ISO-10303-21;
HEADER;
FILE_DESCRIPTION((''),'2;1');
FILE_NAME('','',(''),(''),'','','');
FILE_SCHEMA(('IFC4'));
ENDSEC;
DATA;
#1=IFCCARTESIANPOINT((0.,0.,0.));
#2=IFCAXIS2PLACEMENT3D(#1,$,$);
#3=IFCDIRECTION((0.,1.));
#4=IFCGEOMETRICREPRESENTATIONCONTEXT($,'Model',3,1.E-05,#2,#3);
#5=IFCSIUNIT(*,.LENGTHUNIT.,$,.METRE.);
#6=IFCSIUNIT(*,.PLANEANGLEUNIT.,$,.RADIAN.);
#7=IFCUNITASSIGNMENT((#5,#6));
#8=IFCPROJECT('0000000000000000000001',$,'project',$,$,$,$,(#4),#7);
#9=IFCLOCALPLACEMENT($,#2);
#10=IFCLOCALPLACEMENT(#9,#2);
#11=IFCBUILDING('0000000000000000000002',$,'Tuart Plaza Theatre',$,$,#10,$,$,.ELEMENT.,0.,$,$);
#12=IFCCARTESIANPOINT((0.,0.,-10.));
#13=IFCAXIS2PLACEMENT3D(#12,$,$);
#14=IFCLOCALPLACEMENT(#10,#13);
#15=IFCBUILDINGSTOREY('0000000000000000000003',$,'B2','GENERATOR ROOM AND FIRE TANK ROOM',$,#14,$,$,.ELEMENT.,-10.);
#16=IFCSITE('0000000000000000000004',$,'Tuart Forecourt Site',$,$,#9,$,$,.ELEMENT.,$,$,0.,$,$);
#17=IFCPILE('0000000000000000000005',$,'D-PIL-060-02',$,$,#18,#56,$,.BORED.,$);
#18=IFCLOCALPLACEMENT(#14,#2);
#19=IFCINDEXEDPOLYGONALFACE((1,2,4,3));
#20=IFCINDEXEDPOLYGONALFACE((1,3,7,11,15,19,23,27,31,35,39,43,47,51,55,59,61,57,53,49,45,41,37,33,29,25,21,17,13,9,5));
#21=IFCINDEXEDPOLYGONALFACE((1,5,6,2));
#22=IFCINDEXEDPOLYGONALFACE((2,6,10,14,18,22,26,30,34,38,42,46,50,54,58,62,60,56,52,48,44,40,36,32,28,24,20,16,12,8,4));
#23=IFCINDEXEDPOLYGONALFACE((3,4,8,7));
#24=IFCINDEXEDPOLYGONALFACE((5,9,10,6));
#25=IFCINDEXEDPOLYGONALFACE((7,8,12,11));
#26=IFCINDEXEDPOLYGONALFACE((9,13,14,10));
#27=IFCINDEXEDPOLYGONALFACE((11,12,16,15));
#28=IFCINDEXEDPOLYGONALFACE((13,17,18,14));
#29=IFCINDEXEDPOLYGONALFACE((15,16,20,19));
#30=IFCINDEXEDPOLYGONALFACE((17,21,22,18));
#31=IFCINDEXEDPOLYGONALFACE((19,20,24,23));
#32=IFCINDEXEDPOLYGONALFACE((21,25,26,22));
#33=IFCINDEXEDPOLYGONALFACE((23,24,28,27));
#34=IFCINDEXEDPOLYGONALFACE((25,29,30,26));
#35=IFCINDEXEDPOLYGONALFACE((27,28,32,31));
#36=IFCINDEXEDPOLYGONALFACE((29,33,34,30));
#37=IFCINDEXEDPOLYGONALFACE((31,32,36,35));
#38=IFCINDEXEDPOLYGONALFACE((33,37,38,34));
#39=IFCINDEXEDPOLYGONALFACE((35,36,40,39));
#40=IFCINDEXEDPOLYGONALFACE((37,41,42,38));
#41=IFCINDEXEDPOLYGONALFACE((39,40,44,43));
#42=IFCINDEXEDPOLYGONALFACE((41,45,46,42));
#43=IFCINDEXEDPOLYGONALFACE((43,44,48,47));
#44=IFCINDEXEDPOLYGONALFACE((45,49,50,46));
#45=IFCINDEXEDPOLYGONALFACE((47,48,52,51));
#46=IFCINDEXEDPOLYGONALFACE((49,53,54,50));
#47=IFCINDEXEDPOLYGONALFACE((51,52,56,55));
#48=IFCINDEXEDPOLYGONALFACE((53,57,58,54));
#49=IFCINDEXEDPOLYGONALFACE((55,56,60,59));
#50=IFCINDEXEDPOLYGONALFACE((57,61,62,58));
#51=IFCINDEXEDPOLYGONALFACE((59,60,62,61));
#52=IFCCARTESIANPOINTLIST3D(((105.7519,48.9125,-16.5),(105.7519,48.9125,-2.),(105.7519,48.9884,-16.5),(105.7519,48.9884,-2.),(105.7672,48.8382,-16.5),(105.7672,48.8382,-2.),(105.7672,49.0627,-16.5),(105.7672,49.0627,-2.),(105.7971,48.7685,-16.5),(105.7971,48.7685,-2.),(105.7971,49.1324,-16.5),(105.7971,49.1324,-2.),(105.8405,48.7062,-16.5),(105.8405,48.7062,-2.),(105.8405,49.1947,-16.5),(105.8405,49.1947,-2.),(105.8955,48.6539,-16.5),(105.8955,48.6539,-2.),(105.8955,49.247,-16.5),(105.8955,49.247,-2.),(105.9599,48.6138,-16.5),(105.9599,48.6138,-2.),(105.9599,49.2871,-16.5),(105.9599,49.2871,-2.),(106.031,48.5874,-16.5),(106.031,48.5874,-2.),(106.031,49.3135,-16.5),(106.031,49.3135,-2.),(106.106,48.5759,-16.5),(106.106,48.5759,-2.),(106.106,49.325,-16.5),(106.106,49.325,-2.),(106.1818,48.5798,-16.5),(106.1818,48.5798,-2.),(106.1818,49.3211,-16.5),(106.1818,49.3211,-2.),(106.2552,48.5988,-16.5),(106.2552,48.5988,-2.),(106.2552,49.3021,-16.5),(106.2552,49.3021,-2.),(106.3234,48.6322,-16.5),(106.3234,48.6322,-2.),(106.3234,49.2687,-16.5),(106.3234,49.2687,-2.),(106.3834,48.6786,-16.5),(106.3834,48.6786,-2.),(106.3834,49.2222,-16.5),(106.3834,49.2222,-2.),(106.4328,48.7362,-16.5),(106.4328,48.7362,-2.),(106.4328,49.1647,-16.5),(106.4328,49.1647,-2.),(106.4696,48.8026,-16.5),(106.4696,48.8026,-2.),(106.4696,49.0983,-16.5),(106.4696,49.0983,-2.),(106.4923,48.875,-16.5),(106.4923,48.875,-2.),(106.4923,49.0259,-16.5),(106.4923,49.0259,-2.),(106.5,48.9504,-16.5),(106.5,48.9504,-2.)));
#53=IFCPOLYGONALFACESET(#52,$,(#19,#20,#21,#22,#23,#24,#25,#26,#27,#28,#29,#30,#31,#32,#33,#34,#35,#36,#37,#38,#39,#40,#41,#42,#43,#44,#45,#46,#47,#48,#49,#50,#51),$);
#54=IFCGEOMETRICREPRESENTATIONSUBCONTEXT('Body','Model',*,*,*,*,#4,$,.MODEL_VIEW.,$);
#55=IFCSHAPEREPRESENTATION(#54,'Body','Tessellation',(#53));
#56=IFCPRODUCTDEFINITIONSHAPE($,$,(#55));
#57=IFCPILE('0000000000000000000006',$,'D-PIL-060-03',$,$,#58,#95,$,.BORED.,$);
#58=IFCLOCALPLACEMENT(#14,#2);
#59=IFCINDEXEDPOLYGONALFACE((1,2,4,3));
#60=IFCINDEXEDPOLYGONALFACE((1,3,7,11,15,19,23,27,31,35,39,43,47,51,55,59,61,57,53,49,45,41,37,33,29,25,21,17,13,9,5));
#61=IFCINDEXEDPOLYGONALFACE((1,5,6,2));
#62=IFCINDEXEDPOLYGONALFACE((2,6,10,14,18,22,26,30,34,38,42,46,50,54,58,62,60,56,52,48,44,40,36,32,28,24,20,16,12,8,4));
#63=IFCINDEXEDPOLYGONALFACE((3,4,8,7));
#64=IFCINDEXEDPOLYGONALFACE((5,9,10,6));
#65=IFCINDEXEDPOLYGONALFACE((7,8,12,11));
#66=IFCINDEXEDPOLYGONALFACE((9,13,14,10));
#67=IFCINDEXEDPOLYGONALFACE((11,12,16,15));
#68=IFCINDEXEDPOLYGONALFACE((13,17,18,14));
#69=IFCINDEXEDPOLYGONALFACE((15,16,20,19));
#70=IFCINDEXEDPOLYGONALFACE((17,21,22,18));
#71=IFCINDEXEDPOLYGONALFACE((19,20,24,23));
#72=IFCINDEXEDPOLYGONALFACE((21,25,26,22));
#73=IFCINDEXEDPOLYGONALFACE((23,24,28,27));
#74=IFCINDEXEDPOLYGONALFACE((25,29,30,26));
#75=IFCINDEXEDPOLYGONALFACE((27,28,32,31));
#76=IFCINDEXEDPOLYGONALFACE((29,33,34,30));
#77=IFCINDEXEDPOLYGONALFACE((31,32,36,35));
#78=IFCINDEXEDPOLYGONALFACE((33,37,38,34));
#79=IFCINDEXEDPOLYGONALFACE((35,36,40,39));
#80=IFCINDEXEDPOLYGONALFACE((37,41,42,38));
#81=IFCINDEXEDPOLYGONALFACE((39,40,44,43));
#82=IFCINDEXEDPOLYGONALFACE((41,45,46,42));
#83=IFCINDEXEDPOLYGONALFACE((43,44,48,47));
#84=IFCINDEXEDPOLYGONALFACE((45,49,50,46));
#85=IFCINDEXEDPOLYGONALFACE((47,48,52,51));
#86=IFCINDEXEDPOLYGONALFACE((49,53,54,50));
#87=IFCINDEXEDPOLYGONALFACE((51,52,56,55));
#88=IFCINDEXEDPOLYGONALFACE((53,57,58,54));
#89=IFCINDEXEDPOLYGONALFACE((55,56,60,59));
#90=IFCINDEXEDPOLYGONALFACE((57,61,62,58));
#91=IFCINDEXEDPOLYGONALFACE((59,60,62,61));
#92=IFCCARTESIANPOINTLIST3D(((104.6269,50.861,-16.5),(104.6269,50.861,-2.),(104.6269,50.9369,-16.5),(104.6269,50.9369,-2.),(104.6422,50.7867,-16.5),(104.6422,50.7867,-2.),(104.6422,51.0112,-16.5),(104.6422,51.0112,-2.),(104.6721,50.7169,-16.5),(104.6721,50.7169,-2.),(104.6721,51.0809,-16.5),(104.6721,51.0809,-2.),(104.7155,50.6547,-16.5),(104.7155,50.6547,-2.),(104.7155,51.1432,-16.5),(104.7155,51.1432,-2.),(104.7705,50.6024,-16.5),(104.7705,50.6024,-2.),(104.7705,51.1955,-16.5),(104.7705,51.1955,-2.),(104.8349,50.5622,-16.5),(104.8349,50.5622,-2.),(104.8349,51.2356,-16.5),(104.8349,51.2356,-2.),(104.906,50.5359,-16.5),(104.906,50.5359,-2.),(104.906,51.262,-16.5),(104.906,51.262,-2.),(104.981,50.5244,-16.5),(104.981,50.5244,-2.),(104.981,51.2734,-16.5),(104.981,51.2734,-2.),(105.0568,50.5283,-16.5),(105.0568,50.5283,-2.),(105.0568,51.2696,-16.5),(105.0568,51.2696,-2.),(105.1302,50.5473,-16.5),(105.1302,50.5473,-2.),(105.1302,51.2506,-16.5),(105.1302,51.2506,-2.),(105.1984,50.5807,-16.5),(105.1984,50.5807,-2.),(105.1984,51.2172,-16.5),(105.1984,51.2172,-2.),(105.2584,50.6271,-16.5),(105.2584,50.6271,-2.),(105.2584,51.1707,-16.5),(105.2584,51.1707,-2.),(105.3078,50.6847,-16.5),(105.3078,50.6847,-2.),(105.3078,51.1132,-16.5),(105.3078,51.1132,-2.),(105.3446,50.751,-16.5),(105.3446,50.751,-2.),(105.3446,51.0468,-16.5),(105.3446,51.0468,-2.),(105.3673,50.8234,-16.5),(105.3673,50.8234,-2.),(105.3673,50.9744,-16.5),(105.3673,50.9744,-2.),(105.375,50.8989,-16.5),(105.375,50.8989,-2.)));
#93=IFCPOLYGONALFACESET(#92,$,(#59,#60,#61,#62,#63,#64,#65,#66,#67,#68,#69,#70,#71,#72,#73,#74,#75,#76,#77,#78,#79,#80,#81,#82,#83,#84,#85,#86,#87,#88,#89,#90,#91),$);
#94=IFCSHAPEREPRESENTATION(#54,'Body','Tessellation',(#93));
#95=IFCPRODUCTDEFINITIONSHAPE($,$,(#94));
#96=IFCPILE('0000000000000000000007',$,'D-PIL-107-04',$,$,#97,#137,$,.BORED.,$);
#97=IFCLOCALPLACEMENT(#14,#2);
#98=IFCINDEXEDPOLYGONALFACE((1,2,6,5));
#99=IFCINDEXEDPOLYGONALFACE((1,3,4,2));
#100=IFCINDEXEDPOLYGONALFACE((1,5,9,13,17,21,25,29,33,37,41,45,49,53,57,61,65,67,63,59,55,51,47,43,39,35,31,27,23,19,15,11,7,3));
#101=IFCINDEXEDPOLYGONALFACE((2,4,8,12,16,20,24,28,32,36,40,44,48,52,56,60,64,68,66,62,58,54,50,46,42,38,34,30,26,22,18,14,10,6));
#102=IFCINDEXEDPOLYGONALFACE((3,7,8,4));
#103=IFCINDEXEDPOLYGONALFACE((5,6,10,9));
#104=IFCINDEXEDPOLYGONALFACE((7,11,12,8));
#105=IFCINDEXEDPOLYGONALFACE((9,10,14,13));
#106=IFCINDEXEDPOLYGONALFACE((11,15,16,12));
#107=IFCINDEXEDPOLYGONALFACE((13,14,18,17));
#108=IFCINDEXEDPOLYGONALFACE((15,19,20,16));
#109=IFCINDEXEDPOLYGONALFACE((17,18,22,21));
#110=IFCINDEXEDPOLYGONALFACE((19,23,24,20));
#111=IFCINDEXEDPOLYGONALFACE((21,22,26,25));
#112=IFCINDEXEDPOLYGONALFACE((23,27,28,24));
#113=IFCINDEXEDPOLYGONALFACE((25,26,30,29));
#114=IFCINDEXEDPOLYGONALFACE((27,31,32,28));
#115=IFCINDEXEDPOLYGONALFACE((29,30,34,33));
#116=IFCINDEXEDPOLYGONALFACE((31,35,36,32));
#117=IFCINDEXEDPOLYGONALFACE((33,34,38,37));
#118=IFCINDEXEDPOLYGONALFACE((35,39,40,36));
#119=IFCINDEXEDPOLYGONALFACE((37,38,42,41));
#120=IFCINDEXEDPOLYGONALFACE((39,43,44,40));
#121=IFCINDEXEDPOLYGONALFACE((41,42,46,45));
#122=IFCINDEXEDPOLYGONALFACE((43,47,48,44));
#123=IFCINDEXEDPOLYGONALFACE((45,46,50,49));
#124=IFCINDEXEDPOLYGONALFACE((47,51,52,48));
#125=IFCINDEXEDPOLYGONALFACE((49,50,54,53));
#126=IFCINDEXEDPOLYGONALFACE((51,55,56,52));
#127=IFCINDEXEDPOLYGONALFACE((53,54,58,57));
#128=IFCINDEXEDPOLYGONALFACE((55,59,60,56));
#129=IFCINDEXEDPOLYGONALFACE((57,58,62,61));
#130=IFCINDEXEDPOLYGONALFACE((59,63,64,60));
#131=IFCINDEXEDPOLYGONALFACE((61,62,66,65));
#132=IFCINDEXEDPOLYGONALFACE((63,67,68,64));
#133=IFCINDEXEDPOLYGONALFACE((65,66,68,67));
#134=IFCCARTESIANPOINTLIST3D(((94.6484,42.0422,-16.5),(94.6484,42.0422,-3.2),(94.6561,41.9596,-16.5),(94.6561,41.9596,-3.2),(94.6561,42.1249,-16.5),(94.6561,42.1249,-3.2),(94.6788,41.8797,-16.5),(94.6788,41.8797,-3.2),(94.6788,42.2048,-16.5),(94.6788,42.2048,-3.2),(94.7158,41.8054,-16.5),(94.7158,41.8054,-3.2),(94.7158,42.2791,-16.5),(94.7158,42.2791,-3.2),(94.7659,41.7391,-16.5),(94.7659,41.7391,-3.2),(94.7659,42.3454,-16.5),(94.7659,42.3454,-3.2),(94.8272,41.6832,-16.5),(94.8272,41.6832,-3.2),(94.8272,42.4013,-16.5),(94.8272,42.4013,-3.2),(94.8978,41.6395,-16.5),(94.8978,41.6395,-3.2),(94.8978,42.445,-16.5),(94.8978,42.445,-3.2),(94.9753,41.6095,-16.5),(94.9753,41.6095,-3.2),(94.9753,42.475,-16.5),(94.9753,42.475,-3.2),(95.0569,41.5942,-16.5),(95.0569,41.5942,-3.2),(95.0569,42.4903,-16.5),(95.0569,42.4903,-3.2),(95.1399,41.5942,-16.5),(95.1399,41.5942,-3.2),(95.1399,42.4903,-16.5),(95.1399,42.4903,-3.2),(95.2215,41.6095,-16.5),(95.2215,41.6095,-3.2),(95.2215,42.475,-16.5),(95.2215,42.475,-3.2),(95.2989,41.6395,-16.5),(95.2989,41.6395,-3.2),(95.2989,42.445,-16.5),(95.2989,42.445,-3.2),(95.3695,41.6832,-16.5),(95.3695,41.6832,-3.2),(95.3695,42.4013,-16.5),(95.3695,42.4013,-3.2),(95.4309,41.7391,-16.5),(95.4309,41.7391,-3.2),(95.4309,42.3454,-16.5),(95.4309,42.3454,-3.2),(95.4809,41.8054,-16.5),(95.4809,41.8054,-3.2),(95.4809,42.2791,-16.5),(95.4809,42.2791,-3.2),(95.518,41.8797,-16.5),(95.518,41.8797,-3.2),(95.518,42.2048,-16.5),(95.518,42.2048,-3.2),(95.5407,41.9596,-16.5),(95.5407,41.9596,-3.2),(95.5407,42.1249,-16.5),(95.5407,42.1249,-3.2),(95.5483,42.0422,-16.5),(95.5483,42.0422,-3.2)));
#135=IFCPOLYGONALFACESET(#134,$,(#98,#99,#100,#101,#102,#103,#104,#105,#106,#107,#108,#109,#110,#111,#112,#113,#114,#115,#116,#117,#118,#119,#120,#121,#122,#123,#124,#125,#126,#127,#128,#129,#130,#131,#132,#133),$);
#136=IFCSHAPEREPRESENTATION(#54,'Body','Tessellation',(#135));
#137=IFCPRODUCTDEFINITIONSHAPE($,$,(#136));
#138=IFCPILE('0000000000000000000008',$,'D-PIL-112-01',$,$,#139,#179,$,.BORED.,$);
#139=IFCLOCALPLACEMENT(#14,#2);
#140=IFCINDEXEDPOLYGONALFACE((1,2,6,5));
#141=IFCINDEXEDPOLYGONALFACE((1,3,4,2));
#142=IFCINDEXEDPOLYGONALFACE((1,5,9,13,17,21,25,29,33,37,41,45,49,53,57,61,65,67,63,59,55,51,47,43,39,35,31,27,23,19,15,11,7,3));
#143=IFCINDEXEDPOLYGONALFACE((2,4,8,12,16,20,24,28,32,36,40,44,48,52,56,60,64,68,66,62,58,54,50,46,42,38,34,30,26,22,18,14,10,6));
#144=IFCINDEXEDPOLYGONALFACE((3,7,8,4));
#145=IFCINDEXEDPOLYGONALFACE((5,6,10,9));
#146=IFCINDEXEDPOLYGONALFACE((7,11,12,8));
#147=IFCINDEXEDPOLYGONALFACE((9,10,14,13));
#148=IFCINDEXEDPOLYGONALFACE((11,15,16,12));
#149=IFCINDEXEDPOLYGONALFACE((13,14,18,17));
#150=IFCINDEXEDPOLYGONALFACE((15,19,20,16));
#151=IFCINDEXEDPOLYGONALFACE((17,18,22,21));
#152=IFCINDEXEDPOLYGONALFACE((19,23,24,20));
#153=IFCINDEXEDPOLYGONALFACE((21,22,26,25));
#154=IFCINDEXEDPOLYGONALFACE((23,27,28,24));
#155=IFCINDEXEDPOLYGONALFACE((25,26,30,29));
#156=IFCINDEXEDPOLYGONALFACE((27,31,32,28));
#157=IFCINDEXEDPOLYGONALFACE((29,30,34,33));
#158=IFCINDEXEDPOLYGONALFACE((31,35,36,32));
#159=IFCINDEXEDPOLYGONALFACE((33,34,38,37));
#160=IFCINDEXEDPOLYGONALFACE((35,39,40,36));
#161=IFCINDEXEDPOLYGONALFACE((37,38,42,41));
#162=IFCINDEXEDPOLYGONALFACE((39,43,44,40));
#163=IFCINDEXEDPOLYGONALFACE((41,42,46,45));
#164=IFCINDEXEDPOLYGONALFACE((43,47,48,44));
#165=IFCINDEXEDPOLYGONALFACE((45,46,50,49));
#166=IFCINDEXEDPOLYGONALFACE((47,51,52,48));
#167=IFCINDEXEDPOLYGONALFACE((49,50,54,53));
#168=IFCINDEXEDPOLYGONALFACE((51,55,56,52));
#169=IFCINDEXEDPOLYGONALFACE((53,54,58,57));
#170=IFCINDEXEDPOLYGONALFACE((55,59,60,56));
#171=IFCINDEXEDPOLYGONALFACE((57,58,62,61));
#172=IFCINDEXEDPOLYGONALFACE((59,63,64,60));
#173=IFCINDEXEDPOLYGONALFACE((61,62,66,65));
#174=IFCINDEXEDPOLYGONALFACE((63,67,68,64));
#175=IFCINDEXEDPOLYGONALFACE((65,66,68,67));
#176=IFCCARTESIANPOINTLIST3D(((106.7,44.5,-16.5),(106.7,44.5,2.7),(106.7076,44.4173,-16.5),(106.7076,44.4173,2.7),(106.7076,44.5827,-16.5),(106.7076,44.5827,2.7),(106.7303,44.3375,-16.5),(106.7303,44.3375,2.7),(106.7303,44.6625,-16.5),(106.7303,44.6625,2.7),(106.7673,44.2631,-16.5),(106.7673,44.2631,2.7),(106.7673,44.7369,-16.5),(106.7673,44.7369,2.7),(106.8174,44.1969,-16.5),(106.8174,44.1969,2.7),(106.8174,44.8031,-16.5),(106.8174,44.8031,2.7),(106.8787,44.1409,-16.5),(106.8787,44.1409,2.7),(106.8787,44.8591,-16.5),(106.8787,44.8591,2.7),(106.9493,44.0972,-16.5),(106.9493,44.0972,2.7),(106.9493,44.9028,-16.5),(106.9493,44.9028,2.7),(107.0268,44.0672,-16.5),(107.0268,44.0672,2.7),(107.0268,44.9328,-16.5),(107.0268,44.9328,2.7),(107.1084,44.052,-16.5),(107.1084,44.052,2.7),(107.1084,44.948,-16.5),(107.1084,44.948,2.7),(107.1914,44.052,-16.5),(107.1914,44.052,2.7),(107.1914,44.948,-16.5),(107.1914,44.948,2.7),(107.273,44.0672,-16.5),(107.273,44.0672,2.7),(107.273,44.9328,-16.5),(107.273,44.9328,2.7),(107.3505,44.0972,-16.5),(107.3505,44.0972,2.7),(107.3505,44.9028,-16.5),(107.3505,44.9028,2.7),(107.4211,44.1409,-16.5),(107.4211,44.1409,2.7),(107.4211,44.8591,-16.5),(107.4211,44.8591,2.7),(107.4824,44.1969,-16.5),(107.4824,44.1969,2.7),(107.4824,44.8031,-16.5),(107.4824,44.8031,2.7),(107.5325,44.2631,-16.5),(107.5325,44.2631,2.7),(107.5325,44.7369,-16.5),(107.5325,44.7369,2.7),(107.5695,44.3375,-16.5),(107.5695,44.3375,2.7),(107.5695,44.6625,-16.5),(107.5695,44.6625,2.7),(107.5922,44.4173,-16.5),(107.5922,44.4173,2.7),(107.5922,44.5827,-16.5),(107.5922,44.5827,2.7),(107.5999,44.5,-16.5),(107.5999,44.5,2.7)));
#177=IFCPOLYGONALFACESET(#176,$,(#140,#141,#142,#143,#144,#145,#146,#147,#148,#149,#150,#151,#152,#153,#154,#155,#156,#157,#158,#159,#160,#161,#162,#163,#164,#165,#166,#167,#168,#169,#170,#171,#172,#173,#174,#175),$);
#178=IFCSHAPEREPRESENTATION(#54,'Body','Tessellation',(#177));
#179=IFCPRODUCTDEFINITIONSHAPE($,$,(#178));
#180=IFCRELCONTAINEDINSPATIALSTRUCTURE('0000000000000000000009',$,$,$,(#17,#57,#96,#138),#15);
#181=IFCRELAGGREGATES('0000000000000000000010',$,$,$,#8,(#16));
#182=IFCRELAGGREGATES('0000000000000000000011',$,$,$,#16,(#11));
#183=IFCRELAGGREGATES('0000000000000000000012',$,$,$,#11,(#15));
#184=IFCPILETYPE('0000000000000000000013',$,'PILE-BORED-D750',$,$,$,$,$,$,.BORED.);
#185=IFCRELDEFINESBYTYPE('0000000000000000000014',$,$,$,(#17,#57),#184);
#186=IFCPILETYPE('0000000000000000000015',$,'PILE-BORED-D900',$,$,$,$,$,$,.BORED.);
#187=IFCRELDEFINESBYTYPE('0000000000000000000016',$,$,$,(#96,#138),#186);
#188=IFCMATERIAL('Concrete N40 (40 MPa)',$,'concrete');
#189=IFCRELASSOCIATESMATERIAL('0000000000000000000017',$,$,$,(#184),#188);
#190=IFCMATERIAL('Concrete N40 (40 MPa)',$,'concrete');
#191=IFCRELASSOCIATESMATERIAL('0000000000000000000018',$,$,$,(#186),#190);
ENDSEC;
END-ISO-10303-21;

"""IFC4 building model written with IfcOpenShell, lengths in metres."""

from ifc_helpers import new_model, si_unit, direction, frame, origin, origin_2d, place, context, subcontext, project, spatial, circle, extrude, material, material_profile, profile_set, type_object, element, save


model = new_model("IFC4")

# Units and contexts
model_context = context("Model", 3, precision=1e-05, world=origin(), true_north=direction((0.0, 1.0)))
body_context = subcontext(model_context, "Body", "Model", "MODEL_VIEW")
ifc_project = project(units=[si_unit("LENGTHUNIT", "METRE"), si_unit("PLANEANGLEUNIT", "RADIAN")], contexts=[model_context])

# Site, building, storey
site_placement = place(None, origin())
site = spatial("IfcSite", under=ifc_project, at=site_placement, Name="Tuart Forecourt Site", CompositionType="ELEMENT", RefElevation=0.0)
building_placement = place(site_placement, origin())
building = spatial("IfcBuilding", under=site, at=building_placement, Name="Tuart Plaza Theatre", CompositionType="ELEMENT", ElevationOfRefHeight=0.0)
storey_placement = place(building_placement, frame((0.0, 0.0, -10.0)))
storey = spatial("IfcBuildingStorey", under=building, at=storey_placement, Name="B2", Description="GENERATOR ROOM AND FIRE TANK ROOM", CompositionType="ELEMENT", Elevation=-10.0)

# Piles
ifc_material_1 = material(Name="Concrete N40 (40 MPa)", Category="concrete")
ifc_material_profile_1 = material_profile(ifc_material_1, circle(Radius=0.375, at=origin_2d()), Name="PILE-BORED-D750")
ifc_profile_set_1 = profile_set([ifc_material_profile_1], Name="Concrete N40 (40 MPa)")
pile_type_1 = type_object("IfcPileType", Name="PILE-BORED-D750", PredefinedType="BORED", material=ifc_profile_set_1)
for number, where, z_axis, x_axis, name in (
    (1, (106.125, 48.9504, -2.0), (0.0, 0.0, -1.0), (1.0, 0.0, 0.0), "D-PIL-060-02"),
    (2, (105.0, 50.8989, -2.0), (0.0, 0.0, -1.0), (1.0, 0.0, 0.0), "D-PIL-060-03"),
):
    element("IfcPile", number, at=place(storey_placement, frame(where, z_axis=z_axis, x_axis=x_axis)), inside=storey, type_object=pile_type_1, Name=name, PredefinedType="BORED", context=body_context, shape_type="SweptSolid", body=[
        extrude(circle(Radius=0.375, at=origin_2d()), origin(), (0.0, 0.0, 1.0), 14.5),
    ])
ifc_material_2 = material(Name="Concrete N40 (40 MPa)", Category="concrete")
ifc_material_profile_2 = material_profile(ifc_material_2, circle(Radius=0.45, at=origin_2d()), Name="PILE-BORED-D900")
ifc_profile_set_2 = profile_set([ifc_material_profile_2], Name="Concrete N40 (40 MPa)")
pile_type_2 = type_object("IfcPileType", Name="PILE-BORED-D900", PredefinedType="BORED", material=ifc_profile_set_2)
pile_1_placement = place(storey_placement, frame((95.0984, 42.0422, -3.2), z_axis=(0.0, 0.0, -1.0), x_axis=(1.0, 0.0, 0.0)))
element("IfcPile", 3, at=pile_1_placement, inside=storey, type_object=pile_type_2, Name="D-PIL-107-04", PredefinedType="BORED", context=body_context, shape_type="SweptSolid", body=[
    extrude(circle(Radius=0.45, at=origin_2d()), origin(), (0.0, 0.0, 1.0), 13.3),
])
for number, where, z_axis, x_axis, name in (
    (4, (107.1499, 44.5, 2.7), (0.0, 0.0, -1.0), (1.0, 0.0, 0.0), "D-PIL-112-01"),
):
    element("IfcPile", number, at=place(storey_placement, frame(where, z_axis=z_axis, x_axis=x_axis)), inside=storey, type_object=pile_type_2, Name=name, PredefinedType="BORED", context=body_context, shape_type="SweptSolid", body=[
        extrude(circle(Radius=0.45, at=origin_2d()), origin(), (0.0, 0.0, 1.0), 19.2),
    ])

save(model, "model.ifc")
